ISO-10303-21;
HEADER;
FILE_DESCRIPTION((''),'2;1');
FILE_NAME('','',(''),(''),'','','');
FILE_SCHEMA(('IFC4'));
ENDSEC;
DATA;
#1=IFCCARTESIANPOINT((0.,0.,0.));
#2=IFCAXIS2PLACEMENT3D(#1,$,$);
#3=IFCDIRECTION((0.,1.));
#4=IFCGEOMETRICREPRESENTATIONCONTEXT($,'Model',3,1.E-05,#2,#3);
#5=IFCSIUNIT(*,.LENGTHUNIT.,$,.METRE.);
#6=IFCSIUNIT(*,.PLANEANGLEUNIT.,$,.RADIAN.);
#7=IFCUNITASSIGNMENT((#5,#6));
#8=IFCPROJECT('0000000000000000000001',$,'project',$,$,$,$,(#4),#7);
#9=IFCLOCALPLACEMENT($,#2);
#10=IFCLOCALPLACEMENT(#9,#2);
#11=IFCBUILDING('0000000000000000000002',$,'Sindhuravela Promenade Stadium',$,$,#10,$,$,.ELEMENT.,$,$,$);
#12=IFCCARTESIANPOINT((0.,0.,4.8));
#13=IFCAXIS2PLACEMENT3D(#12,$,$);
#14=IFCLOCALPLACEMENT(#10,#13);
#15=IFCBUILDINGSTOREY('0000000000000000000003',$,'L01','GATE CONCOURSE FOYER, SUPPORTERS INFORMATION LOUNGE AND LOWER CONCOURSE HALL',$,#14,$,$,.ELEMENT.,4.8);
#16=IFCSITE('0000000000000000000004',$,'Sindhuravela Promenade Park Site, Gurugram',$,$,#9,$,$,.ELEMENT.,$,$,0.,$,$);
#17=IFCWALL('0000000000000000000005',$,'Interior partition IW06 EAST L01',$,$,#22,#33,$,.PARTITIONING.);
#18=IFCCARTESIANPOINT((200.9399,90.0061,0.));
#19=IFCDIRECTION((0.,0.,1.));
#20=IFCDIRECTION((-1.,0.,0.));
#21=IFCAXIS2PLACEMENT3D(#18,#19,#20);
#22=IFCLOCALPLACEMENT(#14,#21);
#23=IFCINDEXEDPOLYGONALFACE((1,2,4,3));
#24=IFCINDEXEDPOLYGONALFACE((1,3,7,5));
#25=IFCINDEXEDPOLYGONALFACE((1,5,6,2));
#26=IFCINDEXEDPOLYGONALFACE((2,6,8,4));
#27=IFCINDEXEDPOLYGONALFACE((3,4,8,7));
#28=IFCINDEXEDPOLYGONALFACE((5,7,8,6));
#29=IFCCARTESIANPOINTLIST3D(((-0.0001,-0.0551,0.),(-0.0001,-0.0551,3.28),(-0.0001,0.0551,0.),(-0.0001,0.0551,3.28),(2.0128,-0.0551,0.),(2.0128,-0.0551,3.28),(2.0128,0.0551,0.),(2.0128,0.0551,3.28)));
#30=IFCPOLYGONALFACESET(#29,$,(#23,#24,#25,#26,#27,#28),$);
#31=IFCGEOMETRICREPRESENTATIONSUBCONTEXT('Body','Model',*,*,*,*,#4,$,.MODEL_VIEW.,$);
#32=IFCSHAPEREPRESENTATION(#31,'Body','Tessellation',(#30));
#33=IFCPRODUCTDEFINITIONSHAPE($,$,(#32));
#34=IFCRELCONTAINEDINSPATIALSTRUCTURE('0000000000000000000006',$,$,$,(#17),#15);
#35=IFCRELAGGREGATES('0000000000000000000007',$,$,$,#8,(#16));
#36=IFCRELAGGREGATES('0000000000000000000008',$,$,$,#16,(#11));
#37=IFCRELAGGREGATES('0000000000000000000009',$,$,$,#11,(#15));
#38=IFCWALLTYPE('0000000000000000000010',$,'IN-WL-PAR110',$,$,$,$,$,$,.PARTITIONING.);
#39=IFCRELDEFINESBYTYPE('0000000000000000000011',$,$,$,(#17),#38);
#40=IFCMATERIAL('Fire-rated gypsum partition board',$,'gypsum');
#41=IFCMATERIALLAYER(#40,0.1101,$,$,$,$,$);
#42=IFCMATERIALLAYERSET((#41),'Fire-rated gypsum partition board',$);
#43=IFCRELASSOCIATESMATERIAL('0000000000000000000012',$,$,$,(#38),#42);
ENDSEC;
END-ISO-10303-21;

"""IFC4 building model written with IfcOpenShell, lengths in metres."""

from ifc_helpers import new_model, si_unit, direction, frame, frame_2d, origin, place, context, subcontext, project, spatial, rectangle, extrude, material, layer, layer_set, type_object, element, save


model = new_model("IFC4")

# Units and contexts
model_context = context("Model", 3, precision=1e-05, world=origin(), true_north=direction((0.0, 1.0)))
body_context = subcontext(model_context, "Body", "Model", "MODEL_VIEW")
ifc_project = project(units=[si_unit("LENGTHUNIT", "METRE"), si_unit("PLANEANGLEUNIT", "RADIAN")], contexts=[model_context])

# Site, building, storey
site_placement = place(None, origin())
site = spatial("IfcSite", under=ifc_project, at=site_placement, Name="Sindhuravela Promenade Park Site, Gurugram", CompositionType="ELEMENT", RefElevation=0.0)
building_placement = place(site_placement, origin())
building = spatial("IfcBuilding", under=site, at=building_placement, Name="Sindhuravela Promenade Stadium", CompositionType="ELEMENT")
storey_placement = place(building_placement, frame((0.0, 0.0, 4.8)))
storey = spatial("IfcBuildingStorey", under=building, at=storey_placement, Name="L01", Description="GATE CONCOURSE FOYER, SUPPORTERS INFORMATION LOUNGE AND LOWER CONCOURSE HALL", CompositionType="ELEMENT", Elevation=4.8)

# Wall
ifc_material_1 = material(Name="Fire-rated gypsum partition board", Category="gypsum")
ifc_layer_1 = layer(ifc_material_1, 0.1101)
ifc_layer_set_1 = layer_set([ifc_layer_1], Name="Fire-rated gypsum partition board")
wall_type_1 = type_object("IfcWallType", Name="IN-WL-PAR110", PredefinedType="PARTITIONING", material=ifc_layer_set_1)
wall_1_placement = place(storey_placement, frame((200.9399, 90.0061, 0.0), z_axis=(0.0, 0.0, 1.0), x_axis=(-1.0, 0.0, 0.0)))
element("IfcWall", 1, at=wall_1_placement, inside=storey, type_object=wall_type_1, Name="Interior partition IW06 EAST L01", PredefinedType="PARTITIONING", context=body_context, shape_type="SweptSolid", body=[
    extrude(rectangle(XDim=2.0129, YDim=0.1101, at=frame_2d((1.0063, 0.0))), origin(), (0.0, 0.0, 1.0), 3.28),
])

save(model, "model.ifc")
